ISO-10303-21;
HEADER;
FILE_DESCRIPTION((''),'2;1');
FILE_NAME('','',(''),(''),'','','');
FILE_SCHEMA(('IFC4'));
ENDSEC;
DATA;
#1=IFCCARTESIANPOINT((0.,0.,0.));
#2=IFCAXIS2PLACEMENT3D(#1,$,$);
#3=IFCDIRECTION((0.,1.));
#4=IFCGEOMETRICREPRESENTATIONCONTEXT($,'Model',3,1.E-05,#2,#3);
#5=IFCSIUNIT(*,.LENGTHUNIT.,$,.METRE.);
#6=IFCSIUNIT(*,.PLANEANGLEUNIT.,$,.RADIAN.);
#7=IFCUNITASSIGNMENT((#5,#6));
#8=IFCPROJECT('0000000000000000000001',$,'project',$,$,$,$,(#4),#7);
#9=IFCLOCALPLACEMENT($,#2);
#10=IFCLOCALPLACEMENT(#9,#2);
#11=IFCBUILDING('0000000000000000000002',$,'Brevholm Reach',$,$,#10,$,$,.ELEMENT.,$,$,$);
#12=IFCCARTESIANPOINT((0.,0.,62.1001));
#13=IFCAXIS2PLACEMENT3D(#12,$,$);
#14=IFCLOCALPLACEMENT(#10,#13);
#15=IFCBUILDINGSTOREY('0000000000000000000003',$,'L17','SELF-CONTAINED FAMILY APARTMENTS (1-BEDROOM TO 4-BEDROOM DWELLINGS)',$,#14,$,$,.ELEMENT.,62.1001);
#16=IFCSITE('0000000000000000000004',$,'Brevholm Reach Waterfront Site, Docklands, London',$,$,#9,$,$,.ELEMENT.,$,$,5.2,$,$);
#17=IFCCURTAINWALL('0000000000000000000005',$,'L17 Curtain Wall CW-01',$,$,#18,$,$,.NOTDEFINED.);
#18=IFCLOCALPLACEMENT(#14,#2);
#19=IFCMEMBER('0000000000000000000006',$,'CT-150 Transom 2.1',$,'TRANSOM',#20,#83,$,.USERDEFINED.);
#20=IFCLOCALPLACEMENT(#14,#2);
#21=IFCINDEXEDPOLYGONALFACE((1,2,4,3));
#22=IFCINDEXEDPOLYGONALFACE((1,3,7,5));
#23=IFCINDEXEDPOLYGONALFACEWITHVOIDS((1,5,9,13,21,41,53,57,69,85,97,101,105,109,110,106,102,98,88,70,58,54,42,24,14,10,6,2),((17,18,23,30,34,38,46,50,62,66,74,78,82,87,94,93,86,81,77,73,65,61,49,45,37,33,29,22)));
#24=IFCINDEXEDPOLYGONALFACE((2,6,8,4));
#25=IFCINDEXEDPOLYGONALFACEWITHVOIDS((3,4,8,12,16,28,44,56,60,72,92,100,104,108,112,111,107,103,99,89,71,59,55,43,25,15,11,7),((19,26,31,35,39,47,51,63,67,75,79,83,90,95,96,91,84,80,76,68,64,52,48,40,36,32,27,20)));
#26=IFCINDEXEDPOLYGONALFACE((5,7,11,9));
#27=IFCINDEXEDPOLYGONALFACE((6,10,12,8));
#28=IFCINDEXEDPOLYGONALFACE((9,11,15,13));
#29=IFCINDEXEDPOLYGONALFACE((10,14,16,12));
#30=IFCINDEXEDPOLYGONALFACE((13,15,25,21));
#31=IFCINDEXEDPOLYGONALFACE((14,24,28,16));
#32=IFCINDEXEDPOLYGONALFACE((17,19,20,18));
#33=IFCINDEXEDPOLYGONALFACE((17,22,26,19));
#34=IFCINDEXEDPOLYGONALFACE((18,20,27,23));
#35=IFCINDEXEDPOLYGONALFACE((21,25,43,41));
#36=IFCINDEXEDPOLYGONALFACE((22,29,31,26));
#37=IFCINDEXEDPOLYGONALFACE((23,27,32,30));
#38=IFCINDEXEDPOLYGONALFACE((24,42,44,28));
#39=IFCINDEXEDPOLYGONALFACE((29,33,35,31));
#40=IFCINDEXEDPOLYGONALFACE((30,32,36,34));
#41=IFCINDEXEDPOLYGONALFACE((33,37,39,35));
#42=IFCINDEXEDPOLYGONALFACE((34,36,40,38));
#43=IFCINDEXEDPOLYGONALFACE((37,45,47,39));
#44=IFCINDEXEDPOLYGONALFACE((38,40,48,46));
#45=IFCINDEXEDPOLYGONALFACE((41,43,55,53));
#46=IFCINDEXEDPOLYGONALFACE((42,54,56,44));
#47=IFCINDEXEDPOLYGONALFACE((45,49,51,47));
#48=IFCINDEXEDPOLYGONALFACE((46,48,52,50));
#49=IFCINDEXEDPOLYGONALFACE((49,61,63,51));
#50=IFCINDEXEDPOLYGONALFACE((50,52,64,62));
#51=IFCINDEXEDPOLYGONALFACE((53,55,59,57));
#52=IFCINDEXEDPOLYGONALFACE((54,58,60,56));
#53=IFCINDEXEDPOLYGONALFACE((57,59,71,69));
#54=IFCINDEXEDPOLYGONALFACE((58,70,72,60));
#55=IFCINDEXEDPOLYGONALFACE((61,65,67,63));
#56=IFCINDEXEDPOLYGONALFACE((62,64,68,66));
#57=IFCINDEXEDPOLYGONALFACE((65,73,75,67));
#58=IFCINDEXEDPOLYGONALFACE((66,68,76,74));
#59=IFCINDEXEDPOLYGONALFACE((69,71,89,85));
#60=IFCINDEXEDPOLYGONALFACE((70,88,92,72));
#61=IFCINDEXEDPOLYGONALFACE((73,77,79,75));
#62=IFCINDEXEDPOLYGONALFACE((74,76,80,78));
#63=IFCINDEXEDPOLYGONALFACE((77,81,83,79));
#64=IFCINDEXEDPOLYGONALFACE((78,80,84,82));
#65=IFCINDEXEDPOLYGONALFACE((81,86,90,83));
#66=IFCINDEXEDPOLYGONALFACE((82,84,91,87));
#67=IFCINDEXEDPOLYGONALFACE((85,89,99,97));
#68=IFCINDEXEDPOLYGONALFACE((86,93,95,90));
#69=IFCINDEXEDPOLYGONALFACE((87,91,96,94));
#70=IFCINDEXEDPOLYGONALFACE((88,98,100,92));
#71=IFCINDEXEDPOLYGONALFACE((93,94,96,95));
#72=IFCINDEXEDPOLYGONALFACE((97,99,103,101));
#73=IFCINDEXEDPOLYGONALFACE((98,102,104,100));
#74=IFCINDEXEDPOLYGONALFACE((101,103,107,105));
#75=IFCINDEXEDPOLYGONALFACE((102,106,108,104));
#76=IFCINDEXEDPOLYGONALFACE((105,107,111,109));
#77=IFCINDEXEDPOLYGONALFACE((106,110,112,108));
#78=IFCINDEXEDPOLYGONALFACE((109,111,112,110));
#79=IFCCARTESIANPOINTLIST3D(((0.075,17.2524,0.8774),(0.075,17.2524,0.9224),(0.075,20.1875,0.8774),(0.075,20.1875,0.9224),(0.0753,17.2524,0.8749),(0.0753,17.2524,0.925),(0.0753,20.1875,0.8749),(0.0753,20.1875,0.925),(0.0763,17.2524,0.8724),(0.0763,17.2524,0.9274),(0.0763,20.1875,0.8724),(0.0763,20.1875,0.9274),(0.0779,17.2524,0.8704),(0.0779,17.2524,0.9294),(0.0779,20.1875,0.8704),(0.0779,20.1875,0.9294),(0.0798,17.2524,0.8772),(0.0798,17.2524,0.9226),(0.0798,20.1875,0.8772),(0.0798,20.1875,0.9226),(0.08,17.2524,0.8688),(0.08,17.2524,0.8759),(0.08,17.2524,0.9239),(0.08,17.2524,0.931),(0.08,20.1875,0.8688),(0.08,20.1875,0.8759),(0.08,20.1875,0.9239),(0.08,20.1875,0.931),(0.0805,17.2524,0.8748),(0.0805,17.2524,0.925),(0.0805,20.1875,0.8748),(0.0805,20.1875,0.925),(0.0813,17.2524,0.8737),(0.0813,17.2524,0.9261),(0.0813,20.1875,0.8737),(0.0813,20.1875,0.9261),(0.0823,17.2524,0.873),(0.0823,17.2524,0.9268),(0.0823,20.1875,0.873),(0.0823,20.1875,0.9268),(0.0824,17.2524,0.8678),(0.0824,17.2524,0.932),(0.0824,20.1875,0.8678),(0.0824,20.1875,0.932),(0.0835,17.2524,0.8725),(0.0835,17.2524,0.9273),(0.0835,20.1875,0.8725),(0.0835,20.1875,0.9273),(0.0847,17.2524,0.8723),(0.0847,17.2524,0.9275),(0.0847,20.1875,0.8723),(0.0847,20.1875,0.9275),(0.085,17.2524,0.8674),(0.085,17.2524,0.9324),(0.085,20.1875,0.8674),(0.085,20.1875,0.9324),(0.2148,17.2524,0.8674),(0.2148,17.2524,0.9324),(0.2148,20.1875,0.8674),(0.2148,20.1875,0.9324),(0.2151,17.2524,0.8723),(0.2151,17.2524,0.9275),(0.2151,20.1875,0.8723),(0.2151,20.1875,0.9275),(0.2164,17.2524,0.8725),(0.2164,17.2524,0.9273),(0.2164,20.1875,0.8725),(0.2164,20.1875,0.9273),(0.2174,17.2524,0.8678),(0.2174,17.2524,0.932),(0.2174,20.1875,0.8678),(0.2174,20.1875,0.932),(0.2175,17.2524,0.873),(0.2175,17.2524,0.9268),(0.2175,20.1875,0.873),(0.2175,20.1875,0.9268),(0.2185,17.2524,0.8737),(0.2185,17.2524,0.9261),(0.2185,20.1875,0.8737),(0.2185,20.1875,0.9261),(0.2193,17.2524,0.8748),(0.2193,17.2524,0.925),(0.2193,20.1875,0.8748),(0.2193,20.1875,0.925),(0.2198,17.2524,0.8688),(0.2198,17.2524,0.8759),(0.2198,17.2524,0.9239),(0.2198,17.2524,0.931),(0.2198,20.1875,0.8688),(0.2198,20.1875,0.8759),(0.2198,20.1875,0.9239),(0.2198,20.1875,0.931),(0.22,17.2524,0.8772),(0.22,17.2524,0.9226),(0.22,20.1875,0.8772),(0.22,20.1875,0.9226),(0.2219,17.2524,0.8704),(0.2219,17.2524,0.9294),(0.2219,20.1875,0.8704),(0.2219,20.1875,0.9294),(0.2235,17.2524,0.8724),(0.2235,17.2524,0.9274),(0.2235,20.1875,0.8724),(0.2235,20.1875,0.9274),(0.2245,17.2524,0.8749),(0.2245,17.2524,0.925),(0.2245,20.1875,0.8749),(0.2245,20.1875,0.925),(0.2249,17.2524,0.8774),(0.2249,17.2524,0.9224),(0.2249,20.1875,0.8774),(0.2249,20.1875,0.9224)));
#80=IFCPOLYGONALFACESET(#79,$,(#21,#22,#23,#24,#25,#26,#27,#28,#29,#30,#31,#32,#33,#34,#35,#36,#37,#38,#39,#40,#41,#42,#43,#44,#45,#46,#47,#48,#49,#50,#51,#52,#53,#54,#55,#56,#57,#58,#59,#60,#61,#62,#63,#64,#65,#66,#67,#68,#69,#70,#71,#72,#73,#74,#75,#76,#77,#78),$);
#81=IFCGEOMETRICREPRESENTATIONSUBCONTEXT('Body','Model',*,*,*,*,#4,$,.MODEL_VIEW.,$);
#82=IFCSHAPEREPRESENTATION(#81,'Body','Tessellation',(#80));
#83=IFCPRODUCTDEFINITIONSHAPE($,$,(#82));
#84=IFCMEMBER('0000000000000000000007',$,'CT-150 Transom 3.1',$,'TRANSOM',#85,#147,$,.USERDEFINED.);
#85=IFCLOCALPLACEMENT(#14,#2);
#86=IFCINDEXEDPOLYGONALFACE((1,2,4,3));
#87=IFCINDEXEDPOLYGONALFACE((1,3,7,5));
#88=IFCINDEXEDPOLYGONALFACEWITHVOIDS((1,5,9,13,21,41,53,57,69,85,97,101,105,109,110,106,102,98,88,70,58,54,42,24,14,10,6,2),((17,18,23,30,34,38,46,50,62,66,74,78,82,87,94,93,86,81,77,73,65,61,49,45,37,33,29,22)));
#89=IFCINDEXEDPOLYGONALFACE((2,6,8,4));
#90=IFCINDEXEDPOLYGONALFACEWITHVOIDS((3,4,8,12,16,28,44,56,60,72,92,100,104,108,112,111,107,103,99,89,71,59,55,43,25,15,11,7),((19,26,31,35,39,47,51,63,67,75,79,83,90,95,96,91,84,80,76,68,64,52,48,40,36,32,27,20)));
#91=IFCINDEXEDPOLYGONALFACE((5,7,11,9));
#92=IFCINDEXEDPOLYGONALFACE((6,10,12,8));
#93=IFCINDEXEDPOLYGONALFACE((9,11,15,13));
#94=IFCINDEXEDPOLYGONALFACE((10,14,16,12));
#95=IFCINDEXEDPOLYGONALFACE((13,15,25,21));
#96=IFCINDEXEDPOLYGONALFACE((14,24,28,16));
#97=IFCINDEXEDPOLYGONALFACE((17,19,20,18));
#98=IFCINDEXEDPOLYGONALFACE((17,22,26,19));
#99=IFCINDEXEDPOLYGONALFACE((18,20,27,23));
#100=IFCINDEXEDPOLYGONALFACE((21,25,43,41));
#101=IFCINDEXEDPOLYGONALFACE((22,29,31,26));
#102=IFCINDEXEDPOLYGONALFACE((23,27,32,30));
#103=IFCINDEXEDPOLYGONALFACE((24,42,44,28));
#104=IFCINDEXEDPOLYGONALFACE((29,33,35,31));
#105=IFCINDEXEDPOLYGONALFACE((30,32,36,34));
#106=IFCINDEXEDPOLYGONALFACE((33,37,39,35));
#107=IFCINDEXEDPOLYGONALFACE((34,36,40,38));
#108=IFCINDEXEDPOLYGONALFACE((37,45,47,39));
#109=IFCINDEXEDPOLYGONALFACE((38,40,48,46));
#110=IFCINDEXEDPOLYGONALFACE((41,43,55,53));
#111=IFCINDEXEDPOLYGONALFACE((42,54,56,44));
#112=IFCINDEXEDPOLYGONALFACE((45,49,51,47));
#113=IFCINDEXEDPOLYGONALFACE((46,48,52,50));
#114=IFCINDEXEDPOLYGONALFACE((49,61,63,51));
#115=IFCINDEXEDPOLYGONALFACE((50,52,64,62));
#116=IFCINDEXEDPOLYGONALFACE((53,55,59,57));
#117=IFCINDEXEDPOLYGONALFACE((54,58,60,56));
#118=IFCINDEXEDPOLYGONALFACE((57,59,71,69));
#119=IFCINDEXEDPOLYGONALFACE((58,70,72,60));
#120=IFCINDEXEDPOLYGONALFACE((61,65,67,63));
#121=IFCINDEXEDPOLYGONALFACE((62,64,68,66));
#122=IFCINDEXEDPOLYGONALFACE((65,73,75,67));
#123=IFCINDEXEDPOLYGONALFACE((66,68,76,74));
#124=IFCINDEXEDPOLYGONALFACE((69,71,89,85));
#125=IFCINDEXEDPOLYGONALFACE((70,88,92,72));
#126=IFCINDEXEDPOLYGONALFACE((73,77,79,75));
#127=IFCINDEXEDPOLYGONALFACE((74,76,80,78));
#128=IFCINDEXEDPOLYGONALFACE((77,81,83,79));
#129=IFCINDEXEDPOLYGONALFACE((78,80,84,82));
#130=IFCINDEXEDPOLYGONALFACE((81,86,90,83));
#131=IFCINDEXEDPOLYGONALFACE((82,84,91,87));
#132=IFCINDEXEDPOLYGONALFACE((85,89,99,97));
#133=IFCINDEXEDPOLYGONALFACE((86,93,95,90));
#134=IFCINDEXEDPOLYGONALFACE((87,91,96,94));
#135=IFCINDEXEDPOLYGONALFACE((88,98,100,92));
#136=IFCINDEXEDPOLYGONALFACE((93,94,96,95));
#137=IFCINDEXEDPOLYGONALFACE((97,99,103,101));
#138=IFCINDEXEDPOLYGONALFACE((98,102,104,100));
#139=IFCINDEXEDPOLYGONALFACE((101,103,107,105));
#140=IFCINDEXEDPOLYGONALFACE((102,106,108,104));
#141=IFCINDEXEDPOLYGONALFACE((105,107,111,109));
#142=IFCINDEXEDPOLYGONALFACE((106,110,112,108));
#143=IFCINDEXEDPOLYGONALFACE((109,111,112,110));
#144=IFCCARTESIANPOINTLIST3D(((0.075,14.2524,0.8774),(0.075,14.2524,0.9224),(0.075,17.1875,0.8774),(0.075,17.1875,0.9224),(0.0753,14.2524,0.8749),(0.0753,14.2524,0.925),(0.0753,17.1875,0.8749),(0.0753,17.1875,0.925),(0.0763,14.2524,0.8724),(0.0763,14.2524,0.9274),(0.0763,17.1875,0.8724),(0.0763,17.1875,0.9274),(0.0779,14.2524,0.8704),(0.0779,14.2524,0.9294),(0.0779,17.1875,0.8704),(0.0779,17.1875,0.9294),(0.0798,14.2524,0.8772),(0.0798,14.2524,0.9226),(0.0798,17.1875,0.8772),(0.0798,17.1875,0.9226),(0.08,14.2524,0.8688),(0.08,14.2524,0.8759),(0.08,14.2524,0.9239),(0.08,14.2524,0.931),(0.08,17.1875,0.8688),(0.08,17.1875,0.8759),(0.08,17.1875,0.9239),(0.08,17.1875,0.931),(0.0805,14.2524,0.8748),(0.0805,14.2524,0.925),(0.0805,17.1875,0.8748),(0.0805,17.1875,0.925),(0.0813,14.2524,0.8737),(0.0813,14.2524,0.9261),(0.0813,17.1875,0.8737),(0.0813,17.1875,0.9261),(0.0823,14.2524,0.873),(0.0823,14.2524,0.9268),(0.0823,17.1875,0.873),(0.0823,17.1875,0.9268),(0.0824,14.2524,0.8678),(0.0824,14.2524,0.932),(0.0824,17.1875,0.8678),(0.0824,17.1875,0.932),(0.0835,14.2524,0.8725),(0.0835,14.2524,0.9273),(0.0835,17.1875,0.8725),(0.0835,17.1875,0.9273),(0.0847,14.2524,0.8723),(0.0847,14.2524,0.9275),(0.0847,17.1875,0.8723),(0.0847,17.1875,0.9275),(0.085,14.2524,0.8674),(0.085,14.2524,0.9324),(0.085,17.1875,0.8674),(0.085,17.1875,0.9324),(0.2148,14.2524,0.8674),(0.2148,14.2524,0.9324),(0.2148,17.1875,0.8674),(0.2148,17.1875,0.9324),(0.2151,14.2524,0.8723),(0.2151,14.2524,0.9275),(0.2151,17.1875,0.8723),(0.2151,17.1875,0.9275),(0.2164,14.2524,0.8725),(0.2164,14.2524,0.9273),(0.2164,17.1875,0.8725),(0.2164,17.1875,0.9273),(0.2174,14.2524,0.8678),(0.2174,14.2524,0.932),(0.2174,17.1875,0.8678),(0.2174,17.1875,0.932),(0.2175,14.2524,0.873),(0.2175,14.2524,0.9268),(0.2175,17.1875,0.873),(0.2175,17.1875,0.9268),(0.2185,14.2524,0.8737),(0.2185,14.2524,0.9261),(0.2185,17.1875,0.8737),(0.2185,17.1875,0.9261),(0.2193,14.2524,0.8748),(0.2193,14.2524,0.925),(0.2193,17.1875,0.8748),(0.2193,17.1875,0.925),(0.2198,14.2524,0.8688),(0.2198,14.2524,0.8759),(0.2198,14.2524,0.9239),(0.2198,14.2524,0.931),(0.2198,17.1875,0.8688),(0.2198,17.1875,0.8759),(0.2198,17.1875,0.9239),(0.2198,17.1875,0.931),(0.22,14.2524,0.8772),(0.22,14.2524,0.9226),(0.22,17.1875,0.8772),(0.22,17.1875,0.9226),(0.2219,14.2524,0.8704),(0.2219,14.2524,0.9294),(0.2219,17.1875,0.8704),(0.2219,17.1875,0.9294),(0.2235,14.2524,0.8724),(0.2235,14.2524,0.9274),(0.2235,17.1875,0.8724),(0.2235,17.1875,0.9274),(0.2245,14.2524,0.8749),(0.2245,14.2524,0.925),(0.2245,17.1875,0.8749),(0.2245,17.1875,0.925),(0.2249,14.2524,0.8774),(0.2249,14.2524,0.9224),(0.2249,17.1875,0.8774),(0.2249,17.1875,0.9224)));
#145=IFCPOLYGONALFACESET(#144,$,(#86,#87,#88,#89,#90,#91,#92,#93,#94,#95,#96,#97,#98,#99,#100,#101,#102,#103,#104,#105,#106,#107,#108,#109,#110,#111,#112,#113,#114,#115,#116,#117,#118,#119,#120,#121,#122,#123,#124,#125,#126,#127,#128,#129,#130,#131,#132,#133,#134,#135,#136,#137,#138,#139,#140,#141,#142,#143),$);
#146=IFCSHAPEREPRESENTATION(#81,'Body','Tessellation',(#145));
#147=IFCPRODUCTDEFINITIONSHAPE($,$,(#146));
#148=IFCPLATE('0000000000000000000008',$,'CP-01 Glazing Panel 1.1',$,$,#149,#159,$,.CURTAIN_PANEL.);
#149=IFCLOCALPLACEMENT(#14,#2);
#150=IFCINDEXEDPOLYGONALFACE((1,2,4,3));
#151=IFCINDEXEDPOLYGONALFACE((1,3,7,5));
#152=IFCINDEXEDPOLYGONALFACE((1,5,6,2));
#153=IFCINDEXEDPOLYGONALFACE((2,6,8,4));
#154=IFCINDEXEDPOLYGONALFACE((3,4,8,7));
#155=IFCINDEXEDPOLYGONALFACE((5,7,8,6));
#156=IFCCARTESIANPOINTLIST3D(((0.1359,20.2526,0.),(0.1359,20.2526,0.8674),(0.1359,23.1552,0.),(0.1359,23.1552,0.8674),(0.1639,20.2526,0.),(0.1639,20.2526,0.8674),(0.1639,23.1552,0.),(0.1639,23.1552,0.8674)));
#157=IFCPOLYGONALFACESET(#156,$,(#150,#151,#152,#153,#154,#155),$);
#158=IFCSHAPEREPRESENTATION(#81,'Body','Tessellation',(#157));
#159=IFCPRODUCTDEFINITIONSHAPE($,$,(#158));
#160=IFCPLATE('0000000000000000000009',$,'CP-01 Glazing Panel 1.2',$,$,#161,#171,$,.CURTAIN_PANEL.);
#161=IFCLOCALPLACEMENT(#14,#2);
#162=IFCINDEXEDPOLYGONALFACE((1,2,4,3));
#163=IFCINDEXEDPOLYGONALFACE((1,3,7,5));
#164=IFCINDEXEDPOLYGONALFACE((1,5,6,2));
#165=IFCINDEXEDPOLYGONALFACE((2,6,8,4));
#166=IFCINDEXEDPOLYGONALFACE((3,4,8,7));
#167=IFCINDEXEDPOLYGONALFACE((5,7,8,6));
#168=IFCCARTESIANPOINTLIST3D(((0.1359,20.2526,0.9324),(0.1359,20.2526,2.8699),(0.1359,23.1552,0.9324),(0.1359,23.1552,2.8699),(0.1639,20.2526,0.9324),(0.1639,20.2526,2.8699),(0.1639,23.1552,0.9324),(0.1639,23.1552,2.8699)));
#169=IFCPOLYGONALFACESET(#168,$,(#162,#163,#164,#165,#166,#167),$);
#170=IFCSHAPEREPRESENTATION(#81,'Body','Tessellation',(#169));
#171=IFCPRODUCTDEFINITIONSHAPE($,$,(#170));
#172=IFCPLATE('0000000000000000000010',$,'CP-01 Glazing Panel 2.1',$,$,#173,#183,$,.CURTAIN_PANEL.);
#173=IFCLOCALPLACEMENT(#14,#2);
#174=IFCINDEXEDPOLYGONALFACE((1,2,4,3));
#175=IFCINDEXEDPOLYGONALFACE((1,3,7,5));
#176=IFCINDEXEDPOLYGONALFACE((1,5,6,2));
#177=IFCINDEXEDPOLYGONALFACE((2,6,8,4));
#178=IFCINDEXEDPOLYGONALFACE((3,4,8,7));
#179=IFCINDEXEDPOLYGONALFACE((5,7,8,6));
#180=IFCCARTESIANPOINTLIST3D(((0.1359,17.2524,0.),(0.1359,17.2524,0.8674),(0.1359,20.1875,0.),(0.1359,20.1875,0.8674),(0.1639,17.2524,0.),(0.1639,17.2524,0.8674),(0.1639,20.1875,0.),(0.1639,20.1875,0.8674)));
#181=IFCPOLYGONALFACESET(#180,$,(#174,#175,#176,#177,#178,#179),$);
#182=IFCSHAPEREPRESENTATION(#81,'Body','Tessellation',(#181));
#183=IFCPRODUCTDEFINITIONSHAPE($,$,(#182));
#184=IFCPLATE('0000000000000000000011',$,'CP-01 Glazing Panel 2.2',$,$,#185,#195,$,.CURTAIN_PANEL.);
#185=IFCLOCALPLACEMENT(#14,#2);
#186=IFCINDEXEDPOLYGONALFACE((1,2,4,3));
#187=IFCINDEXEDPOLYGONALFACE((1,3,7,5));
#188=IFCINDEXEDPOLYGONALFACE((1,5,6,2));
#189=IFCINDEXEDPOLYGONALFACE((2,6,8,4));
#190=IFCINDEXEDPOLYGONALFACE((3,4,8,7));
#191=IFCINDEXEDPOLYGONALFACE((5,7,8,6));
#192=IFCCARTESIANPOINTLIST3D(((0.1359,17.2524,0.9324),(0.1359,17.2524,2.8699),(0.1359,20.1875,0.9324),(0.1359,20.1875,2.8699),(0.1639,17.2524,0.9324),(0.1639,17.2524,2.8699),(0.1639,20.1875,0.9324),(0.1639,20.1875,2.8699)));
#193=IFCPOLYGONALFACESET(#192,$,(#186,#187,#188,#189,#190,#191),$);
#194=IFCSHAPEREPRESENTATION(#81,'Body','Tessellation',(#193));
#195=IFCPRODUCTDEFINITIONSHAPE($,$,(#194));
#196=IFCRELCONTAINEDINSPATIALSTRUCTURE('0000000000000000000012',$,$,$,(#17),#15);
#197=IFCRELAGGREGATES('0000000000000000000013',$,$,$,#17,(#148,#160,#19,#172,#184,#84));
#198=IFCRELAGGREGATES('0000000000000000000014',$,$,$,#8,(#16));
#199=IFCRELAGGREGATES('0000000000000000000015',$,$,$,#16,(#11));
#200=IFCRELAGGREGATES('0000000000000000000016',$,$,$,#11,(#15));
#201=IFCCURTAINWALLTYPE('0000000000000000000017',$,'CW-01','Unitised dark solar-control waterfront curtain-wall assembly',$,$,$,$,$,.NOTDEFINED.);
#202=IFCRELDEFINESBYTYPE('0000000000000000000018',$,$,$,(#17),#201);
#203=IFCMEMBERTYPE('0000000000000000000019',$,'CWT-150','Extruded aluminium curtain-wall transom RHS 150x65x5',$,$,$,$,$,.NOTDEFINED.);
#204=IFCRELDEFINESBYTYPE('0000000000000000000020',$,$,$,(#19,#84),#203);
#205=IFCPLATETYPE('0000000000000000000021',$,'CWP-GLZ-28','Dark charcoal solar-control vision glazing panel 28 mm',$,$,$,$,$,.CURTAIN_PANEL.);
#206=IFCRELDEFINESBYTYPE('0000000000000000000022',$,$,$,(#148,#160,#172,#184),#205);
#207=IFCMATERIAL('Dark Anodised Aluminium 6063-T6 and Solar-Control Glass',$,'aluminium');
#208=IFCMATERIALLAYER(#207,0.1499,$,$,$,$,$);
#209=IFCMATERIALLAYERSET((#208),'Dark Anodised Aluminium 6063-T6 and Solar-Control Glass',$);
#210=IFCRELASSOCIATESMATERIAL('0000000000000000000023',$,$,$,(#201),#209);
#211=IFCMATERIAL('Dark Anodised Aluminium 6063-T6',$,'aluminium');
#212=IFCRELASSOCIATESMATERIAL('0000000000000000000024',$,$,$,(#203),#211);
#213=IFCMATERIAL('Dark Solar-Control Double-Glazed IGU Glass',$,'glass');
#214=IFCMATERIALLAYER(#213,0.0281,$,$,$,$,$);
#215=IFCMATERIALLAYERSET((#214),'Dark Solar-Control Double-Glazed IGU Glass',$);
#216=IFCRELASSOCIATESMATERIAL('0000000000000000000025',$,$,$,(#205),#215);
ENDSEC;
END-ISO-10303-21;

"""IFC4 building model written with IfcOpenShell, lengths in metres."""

from ifc_helpers import new_model, si_unit, direction, frame, origin, origin_2d, place, context, subcontext, project, spatial, rectangle, hollow_rectangle, extrude, material, layer, layer_set, material_profile, profile_set, type_object, element, aggregate, save


model = new_model("IFC4")

# Units and contexts
model_context = context("Model", 3, precision=1e-05, world=origin(), true_north=direction((0.0, 1.0)))
body_context = subcontext(model_context, "Body", "Model", "MODEL_VIEW")
ifc_project = project(units=[si_unit("LENGTHUNIT", "METRE"), si_unit("PLANEANGLEUNIT", "RADIAN")], contexts=[model_context])

# Site, building, storey
site_placement = place(None, origin())
site = spatial("IfcSite", under=ifc_project, at=site_placement, Name="Brevholm Reach Waterfront Site, Docklands, London", CompositionType="ELEMENT", RefElevation=5.2)
building_placement = place(site_placement, origin())
building = spatial("IfcBuilding", under=site, at=building_placement, Name="Brevholm Reach", CompositionType="ELEMENT")
storey_placement = place(building_placement, frame((0.0, 0.0, 62.1001)))
storey = spatial("IfcBuildingStorey", under=building, at=storey_placement, Name="L17", Description="SELF-CONTAINED FAMILY APARTMENTS (1-BEDROOM TO 4-BEDROOM DWELLINGS)", CompositionType="ELEMENT", Elevation=62.1001)

# Curtain wall, members, plates
ifc_material_1 = material(Name="Dark Anodised Aluminium 6063-T6 and Solar-Control Glass", Category="aluminium")
ifc_layer_1 = layer(ifc_material_1, 0.1499)
ifc_layer_set_1 = layer_set([ifc_layer_1], Name="Dark Anodised Aluminium 6063-T6 and Solar-Control Glass")
curtain_wall_type = type_object("IfcCurtainWallType", Name="CW-01", Description="Unitised dark solar-control waterfront curtain-wall assembly", PredefinedType="NOTDEFINED", material=ifc_layer_set_1)
curtain_wall_placement = place(storey_placement, origin())
curtain_wall = element("IfcCurtainWall", 1, at=curtain_wall_placement, inside=storey, type_object=curtain_wall_type, Name="L17 Curtain Wall CW-01", PredefinedType="NOTDEFINED")
ifc_material_2 = material(Name="Dark Anodised Aluminium 6063-T6", Category="aluminium")
ifc_material_profile_1 = material_profile(ifc_material_2, hollow_rectangle(XDim=0.0649, YDim=0.1499, WallThickness=0.0049, InnerFilletRadius=0.0049, OuterFilletRadius=0.01, at=origin_2d()), Name="RHS 150x65x5")
ifc_profile_set_1 = profile_set([ifc_material_profile_1], Name="Dark Anodised Aluminium 6063-T6")
member_type_1 = type_object("IfcMemberType", Name="CWT-150", Description="Extruded aluminium curtain-wall transom RHS 150x65x5", PredefinedType="NOTDEFINED", material=ifc_profile_set_1)
member_1_placement = place(storey_placement, frame((0.1499, 20.1875, 0.8999), z_axis=(0.0, -1.0, 0.0), x_axis=(0.0, 0.0, 1.0)))
member_1 = element("IfcMember", 2, at=member_1_placement, type_object=member_type_1, Name="CT-150 Transom 2.1", ObjectType="TRANSOM", PredefinedType="USERDEFINED", context=body_context, shape_type="SweptSolid", body=[
    extrude(hollow_rectangle(XDim=0.0649, YDim=0.1499, WallThickness=0.0049, InnerFilletRadius=0.0049, OuterFilletRadius=0.01, at=origin_2d()), origin(), (0.0, 0.0, 1.0), 2.9351),
])
member_2_placement = place(storey_placement, frame((0.1499, 17.1875, 0.8999), z_axis=(0.0, -1.0, 0.0), x_axis=(0.0, 0.0, 1.0)))
member_2 = element("IfcMember", 3, at=member_2_placement, type_object=member_type_1, Name="CT-150 Transom 3.1", ObjectType="TRANSOM", PredefinedType="USERDEFINED", context=body_context, shape_type="SweptSolid", body=[
    extrude(hollow_rectangle(XDim=0.0649, YDim=0.1499, WallThickness=0.0049, InnerFilletRadius=0.0049, OuterFilletRadius=0.01, at=origin_2d()), origin(), (0.0, 0.0, 1.0), 2.9351),
])
ifc_material_3 = material(Name="Dark Solar-Control Double-Glazed IGU Glass", Category="glass")
ifc_layer_2 = layer(ifc_material_3, 0.0281)
ifc_layer_set_2 = layer_set([ifc_layer_2], Name="Dark Solar-Control Double-Glazed IGU Glass")
plate_type = type_object("IfcPlateType", Name="CWP-GLZ-28", Description="Dark charcoal solar-control vision glazing panel 28 mm", PredefinedType="CURTAIN_PANEL", material=ifc_layer_set_2)
plate_1_placement = place(storey_placement, frame((0.1499, 21.7039, 0.0), z_axis=(0.0, 0.0, 1.0), x_axis=(0.0, -1.0, 0.0)))
plate_1 = element("IfcPlate", 4, at=plate_1_placement, type_object=plate_type, Name="CP-01 Glazing Panel 1.1", PredefinedType="CURTAIN_PANEL", context=body_context, shape_type="SweptSolid", body=[
    extrude(rectangle(XDim=2.9026, YDim=0.0281, at=origin_2d()), origin(), (0.0, 0.0, 1.0), 0.8674),
])
plate_2_placement = place(storey_placement, frame((0.1499, 21.7039, 0.9324), z_axis=(0.0, 0.0, 1.0), x_axis=(0.0, -1.0, 0.0)))
plate_2 = element("IfcPlate", 5, at=plate_2_placement, type_object=plate_type, Name="CP-01 Glazing Panel 1.2", PredefinedType="CURTAIN_PANEL", context=body_context, shape_type="SweptSolid", body=[
    extrude(rectangle(XDim=2.9026, YDim=0.0281, at=origin_2d()), origin(), (0.0, 0.0, 1.0), 1.9375),
])
plate_3_placement = place(storey_placement, frame((0.1499, 18.72, 0.0), z_axis=(0.0, 0.0, 1.0), x_axis=(0.0, -1.0, 0.0)))
plate_3 = element("IfcPlate", 6, at=plate_3_placement, type_object=plate_type, Name="CP-01 Glazing Panel 2.1", PredefinedType="CURTAIN_PANEL", context=body_context, shape_type="SweptSolid", body=[
    extrude(rectangle(XDim=2.9351, YDim=0.0281, at=origin_2d()), origin(), (0.0, 0.0, 1.0), 0.8674),
])
plate_4_placement = place(storey_placement, frame((0.1499, 18.72, 0.9324), z_axis=(0.0, 0.0, 1.0), x_axis=(0.0, -1.0, 0.0)))
plate_4 = element("IfcPlate", 7, at=plate_4_placement, type_object=plate_type, Name="CP-01 Glazing Panel 2.2", PredefinedType="CURTAIN_PANEL", context=body_context, shape_type="SweptSolid", body=[
    extrude(rectangle(XDim=2.9351, YDim=0.0281, at=origin_2d()), origin(), (0.0, 0.0, 1.0), 1.9375),
])
aggregate(curtain_wall, [plate_1, plate_2, member_1, plate_3, plate_4, member_2])

save(model, "model.ifc")
